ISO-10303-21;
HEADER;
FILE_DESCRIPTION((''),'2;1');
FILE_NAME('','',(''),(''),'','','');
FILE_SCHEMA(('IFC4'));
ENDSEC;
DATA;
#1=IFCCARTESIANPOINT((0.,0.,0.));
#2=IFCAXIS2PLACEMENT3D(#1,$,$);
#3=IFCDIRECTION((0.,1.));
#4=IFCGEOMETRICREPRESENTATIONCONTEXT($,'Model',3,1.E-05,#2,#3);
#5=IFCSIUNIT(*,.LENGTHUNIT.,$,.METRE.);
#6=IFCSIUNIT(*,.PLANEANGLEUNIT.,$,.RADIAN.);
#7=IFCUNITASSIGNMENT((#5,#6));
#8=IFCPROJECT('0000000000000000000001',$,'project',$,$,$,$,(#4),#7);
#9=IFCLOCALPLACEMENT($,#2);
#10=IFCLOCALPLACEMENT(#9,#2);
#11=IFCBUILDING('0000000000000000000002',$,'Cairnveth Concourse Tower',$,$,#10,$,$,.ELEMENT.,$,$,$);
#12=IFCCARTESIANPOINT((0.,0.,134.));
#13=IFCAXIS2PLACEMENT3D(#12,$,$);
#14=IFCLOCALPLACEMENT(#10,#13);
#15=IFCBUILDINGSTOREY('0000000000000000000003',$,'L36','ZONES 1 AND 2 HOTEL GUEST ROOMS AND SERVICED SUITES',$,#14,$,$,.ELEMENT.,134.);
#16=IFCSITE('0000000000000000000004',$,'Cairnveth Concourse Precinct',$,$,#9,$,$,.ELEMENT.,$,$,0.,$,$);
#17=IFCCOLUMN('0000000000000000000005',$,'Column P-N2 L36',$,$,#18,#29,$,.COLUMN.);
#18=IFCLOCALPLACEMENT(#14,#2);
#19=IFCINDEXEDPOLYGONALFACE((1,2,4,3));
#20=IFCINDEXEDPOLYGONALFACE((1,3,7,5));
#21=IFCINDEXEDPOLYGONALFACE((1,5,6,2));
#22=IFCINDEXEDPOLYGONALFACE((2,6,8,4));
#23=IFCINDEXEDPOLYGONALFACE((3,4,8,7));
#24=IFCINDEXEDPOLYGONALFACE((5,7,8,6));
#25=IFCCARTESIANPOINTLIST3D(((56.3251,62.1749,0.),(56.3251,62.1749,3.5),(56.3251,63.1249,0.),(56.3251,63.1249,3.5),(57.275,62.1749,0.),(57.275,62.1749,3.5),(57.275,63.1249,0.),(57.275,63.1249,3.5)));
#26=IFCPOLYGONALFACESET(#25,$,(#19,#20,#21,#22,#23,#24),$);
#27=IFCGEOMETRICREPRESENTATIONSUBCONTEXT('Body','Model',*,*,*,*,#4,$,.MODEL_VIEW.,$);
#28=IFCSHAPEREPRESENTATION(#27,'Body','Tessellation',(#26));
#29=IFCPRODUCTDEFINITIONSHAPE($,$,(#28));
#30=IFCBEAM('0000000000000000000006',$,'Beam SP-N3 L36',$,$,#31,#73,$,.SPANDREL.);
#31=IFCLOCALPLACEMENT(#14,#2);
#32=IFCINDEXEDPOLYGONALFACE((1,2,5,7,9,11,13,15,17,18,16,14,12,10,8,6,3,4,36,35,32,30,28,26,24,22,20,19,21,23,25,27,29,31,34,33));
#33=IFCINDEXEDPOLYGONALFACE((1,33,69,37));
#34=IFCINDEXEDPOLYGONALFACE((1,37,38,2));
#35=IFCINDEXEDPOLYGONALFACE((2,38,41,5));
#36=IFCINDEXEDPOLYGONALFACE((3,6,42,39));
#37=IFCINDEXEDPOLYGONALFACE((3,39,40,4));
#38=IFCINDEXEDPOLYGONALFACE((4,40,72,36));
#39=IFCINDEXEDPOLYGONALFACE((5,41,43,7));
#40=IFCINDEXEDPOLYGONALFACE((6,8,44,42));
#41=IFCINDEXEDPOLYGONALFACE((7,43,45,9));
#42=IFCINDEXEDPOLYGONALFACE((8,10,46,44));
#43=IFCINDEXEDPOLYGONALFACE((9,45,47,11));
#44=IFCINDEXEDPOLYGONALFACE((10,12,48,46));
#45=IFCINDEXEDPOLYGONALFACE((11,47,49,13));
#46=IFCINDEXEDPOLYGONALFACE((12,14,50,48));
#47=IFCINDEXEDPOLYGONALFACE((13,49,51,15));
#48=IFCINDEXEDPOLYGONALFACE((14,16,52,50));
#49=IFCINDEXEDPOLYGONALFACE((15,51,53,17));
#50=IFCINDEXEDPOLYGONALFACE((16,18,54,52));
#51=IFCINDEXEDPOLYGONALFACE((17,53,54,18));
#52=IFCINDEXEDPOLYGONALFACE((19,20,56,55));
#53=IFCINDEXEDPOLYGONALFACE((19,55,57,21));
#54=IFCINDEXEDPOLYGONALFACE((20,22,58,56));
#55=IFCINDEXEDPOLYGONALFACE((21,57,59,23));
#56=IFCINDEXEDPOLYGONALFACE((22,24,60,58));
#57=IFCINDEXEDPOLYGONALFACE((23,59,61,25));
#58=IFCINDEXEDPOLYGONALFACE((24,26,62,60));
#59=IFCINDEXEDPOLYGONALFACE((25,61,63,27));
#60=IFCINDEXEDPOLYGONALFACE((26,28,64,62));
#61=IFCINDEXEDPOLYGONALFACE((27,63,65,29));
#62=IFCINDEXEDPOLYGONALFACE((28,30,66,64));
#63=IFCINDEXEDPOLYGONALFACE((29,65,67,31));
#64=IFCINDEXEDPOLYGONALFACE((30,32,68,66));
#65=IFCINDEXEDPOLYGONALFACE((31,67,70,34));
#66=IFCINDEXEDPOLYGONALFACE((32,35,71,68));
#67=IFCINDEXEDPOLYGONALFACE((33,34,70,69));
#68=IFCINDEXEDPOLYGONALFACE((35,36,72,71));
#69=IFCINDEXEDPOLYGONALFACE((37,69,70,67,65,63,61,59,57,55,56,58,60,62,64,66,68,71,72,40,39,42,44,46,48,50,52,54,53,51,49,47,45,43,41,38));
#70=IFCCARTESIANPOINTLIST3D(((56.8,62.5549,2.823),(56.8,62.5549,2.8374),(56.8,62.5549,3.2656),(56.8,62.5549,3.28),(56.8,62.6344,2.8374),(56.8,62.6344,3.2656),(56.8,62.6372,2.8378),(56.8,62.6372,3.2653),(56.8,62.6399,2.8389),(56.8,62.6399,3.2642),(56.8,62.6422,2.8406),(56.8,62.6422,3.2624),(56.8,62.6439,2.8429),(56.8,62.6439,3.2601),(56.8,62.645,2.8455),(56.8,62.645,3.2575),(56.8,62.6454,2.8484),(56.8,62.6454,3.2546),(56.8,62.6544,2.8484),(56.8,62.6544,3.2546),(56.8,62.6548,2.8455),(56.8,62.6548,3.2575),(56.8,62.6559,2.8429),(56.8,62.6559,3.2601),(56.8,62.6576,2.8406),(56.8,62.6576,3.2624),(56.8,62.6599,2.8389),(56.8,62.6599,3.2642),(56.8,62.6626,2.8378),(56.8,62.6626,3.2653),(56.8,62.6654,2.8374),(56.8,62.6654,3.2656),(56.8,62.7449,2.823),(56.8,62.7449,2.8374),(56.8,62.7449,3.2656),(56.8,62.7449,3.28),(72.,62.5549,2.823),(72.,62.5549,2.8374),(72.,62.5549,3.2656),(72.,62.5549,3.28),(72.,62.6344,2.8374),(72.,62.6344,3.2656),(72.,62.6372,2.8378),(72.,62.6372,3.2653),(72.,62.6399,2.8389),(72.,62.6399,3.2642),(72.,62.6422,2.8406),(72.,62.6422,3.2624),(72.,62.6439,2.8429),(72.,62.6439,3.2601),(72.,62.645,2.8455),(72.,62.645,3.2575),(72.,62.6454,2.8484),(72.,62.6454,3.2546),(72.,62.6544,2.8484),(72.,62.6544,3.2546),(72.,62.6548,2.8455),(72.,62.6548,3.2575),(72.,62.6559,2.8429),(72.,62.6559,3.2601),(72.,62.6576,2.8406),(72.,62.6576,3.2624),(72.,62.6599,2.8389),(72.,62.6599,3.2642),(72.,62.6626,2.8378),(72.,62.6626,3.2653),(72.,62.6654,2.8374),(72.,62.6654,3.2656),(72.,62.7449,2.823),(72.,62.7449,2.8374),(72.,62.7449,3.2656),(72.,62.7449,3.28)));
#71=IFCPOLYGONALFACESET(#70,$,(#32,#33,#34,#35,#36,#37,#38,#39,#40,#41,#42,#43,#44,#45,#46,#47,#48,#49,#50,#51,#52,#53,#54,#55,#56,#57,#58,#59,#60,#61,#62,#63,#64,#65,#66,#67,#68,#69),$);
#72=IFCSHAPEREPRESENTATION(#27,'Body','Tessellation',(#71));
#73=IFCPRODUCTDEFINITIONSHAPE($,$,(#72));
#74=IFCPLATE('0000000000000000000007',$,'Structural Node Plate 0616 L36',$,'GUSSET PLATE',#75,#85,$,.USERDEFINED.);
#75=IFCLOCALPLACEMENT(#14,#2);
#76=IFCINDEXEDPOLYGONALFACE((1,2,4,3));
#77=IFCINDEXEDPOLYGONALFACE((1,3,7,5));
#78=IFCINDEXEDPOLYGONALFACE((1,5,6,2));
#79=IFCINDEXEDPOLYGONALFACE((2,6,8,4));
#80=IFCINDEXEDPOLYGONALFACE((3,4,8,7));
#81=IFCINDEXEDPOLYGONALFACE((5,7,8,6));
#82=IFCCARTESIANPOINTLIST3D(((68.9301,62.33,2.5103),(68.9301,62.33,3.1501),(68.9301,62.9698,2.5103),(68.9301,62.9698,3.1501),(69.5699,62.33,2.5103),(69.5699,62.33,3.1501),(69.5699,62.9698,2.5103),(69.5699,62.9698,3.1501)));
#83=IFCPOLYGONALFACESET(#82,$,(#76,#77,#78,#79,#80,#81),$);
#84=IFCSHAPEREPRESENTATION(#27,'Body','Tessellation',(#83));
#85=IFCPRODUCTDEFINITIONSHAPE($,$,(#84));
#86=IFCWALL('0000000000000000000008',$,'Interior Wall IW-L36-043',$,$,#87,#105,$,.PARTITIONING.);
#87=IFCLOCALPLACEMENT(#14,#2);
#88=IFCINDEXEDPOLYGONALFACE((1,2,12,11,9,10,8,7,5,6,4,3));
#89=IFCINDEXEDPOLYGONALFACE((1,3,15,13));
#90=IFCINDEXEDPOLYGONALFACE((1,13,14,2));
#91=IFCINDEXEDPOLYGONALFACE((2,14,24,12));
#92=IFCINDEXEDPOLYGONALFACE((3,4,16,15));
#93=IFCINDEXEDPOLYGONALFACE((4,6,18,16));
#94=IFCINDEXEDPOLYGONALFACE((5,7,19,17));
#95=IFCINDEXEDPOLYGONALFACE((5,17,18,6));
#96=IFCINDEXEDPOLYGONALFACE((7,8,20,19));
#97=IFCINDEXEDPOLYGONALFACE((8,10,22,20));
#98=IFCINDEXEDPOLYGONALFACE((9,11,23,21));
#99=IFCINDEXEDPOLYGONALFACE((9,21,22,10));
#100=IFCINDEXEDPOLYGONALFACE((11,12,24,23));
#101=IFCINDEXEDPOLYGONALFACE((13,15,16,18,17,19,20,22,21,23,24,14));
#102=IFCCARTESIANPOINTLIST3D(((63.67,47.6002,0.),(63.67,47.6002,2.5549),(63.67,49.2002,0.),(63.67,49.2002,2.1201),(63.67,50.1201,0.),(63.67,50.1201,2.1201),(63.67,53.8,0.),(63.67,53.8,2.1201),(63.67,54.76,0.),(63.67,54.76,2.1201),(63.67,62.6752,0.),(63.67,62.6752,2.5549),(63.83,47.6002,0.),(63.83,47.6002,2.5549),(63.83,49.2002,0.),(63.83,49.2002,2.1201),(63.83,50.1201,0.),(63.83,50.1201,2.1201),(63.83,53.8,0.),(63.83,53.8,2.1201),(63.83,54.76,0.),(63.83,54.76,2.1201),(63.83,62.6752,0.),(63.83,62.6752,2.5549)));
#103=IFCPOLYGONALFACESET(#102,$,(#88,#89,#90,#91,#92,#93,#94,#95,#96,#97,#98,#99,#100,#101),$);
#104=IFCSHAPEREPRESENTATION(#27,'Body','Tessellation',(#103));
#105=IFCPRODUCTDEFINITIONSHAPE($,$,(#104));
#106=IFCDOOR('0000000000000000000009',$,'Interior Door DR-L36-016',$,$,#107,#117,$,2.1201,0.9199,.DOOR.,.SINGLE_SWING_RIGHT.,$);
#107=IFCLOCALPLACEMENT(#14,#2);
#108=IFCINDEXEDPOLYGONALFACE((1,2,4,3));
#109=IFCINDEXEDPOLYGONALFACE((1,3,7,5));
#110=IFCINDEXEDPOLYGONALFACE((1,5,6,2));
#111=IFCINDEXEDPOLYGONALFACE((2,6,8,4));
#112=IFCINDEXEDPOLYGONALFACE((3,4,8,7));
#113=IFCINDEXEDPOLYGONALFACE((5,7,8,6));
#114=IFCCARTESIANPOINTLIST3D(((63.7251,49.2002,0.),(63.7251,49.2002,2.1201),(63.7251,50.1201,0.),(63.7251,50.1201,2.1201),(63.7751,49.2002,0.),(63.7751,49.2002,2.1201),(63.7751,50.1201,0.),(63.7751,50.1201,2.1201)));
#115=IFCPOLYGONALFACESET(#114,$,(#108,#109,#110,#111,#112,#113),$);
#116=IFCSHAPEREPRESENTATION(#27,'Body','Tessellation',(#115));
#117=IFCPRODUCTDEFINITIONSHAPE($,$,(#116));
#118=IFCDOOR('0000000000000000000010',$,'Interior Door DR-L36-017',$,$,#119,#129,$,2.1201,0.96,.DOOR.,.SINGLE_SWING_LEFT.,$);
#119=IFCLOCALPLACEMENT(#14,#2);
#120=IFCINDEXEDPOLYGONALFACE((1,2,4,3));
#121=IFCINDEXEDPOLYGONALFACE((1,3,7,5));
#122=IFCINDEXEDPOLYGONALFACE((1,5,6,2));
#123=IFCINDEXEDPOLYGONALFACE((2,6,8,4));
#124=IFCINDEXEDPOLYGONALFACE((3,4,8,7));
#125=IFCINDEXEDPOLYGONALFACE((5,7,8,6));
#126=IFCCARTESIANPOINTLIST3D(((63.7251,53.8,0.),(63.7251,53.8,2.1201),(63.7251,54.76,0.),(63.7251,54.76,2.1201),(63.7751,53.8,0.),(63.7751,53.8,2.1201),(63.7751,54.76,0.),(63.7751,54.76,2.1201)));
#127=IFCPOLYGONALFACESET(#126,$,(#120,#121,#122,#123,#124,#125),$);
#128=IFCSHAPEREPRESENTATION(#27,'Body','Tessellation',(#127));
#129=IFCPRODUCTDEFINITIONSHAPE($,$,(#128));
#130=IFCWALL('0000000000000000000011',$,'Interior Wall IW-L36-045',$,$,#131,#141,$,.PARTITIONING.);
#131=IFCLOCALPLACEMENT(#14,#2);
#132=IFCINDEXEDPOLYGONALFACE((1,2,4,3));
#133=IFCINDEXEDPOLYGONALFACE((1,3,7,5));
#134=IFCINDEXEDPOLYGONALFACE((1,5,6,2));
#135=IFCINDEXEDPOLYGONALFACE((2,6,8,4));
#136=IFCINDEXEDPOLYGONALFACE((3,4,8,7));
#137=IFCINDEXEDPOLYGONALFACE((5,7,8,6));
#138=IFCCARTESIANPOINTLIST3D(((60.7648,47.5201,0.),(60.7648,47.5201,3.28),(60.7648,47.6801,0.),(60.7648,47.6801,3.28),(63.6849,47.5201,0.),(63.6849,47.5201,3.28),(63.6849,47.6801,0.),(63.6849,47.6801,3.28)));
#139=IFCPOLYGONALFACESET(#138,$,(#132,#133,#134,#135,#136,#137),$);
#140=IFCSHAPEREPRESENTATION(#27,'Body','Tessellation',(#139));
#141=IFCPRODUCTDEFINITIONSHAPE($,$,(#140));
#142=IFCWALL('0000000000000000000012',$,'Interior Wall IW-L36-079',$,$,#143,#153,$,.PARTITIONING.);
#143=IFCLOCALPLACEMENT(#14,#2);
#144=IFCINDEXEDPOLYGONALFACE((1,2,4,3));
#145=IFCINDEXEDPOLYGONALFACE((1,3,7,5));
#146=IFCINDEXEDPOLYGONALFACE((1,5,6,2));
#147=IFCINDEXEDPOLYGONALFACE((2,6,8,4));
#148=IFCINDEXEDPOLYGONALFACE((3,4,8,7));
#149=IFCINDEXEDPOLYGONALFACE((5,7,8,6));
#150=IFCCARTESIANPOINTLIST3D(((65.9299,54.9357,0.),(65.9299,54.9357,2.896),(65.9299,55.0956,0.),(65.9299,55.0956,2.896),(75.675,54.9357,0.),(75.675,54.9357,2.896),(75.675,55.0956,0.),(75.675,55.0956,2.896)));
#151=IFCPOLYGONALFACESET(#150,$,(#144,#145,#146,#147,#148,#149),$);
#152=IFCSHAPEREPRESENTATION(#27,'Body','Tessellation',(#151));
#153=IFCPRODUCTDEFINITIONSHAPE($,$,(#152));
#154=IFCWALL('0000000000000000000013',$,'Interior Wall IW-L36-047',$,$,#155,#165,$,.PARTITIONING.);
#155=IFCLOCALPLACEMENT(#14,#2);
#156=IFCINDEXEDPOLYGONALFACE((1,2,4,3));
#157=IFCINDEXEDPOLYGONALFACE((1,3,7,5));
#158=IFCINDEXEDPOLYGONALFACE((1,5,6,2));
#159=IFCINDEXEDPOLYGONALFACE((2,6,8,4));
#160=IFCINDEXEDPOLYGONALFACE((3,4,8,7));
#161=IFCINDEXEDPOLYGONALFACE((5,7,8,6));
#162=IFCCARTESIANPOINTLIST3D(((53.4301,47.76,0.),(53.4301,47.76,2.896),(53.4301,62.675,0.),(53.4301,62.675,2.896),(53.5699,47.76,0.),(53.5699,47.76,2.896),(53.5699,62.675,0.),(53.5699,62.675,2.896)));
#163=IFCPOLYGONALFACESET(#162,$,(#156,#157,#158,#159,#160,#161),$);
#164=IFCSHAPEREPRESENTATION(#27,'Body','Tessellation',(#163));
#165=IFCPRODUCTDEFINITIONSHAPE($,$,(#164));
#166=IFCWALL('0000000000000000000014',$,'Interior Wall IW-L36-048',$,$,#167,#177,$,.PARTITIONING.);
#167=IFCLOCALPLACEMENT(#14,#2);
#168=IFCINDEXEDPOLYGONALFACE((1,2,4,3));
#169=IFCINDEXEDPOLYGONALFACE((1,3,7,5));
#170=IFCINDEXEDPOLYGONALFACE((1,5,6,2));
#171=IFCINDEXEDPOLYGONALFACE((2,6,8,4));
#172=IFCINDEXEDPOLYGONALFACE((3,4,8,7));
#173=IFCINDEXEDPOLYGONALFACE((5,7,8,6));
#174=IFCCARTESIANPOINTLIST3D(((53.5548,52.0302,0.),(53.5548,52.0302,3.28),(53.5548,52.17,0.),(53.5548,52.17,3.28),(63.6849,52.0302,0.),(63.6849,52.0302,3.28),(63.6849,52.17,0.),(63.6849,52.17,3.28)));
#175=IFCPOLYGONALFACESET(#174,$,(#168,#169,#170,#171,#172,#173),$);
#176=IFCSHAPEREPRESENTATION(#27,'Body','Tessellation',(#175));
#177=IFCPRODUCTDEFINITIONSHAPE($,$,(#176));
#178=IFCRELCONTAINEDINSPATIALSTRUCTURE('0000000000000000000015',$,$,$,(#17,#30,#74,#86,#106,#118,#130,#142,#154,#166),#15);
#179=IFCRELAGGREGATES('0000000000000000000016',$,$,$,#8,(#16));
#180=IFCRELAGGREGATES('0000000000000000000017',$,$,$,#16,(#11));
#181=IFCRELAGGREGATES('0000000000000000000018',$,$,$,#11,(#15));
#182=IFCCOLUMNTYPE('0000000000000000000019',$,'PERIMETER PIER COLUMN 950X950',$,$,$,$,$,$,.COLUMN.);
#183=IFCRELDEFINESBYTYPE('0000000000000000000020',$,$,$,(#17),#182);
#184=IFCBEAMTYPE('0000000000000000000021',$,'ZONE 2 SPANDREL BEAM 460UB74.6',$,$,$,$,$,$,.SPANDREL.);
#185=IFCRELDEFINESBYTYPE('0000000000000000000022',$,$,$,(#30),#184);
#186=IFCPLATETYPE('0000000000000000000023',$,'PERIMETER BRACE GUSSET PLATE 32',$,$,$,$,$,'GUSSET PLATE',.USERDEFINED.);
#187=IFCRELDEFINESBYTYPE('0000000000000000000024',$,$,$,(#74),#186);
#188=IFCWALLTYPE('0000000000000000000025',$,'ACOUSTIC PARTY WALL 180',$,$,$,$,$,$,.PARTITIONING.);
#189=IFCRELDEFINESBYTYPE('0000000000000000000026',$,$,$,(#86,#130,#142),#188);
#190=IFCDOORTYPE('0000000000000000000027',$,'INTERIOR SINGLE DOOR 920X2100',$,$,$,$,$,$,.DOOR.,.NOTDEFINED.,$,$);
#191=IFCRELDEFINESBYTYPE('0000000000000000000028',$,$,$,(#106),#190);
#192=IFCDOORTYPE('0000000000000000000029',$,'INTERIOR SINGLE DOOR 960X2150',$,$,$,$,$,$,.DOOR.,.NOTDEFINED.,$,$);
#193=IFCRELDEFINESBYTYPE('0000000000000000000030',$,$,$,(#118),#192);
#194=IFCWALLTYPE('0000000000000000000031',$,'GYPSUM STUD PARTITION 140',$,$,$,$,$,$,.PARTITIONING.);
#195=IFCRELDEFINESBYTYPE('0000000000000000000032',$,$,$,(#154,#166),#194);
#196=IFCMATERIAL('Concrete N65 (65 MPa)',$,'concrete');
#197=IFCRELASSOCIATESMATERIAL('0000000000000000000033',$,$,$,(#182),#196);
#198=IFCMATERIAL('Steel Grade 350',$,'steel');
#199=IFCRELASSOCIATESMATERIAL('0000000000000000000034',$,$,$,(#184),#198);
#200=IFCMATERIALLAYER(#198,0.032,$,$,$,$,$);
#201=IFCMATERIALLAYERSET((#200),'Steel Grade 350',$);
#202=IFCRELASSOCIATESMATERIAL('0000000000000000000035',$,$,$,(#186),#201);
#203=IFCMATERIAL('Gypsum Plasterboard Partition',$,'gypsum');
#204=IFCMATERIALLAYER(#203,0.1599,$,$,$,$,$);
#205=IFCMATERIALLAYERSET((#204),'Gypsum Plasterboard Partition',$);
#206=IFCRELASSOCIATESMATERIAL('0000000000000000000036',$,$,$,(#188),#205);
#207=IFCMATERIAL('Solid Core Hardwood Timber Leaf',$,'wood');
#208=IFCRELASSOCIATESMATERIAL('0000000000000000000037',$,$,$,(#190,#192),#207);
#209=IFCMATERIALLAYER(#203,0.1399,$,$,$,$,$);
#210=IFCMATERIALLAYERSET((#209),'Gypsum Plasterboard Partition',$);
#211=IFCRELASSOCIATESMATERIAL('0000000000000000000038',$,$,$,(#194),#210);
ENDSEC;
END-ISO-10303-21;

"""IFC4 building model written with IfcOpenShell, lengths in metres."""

from ifc_helpers import new_model, si_unit, direction, frame, frame_2d, origin, origin_2d, place, context, subcontext, project, spatial, rectangle, i_section, extrude, material, layer, layer_set, material_profile, profile_set, type_object, element, fill, save


model = new_model("IFC4")

# Units and contexts
model_context = context("Model", 3, precision=1e-05, world=origin(), true_north=direction((0.0, 1.0)))
body_context = subcontext(model_context, "Body", "Model", "MODEL_VIEW")
ifc_project = project(units=[si_unit("LENGTHUNIT", "METRE"), si_unit("PLANEANGLEUNIT", "RADIAN")], contexts=[model_context])

# Site, building, storey
site_placement = place(None, origin())
site = spatial("IfcSite", under=ifc_project, at=site_placement, Name="Cairnveth Concourse Precinct", CompositionType="ELEMENT", RefElevation=0.0)
building_placement = place(site_placement, origin())
building = spatial("IfcBuilding", under=site, at=building_placement, Name="Cairnveth Concourse Tower", CompositionType="ELEMENT")
storey_placement = place(building_placement, frame((0.0, 0.0, 134.0)))
storey = spatial("IfcBuildingStorey", under=building, at=storey_placement, Name="L36", Description="ZONES 1 AND 2 HOTEL GUEST ROOMS AND SERVICED SUITES", CompositionType="ELEMENT", Elevation=134.0)

# Column
ifc_material_1 = material(Name="Concrete N65 (65 MPa)", Category="concrete")
ifc_material_profile_1 = material_profile(ifc_material_1, rectangle(XDim=0.95, YDim=0.95, at=origin_2d()), Name="RC-COL-950x950")
ifc_profile_set_1 = profile_set([ifc_material_profile_1], Name="Concrete N65 (65 MPa)")
column_type = type_object("IfcColumnType", Name="PERIMETER PIER COLUMN 950X950", PredefinedType="COLUMN", material=ifc_profile_set_1)
column_placement = place(storey_placement, frame((56.8, 62.6499, 0.0), z_axis=(0.0, 0.0, 1.0), x_axis=(1.0, 0.0, 0.0)))
element("IfcColumn", 1, at=column_placement, inside=storey, type_object=column_type, Name="Column P-N2 L36", PredefinedType="COLUMN", context=body_context, shape_type="SweptSolid", body=[
    extrude(rectangle(XDim=0.95, YDim=0.95, at=origin_2d()), origin(), (0.0, 0.0, 1.0), 3.5),
])

# Beam
ifc_material_2 = material(Name="Steel Grade 350", Category="steel")
ifc_material_profile_2 = material_profile(ifc_material_2, i_section(OverallWidth=0.1899, OverallDepth=0.457, WebThickness=0.009, FlangeThickness=0.0144, FilletRadius=0.011, at=origin_2d()), Name="460UB74.6")
ifc_profile_set_2 = profile_set([ifc_material_profile_2], Name="Steel Grade 350")
beam_type = type_object("IfcBeamType", Name="ZONE 2 SPANDREL BEAM 460UB74.6", PredefinedType="SPANDREL", material=ifc_profile_set_2)
beam_placement = place(storey_placement, frame((56.8, 62.6499, 3.0515), z_axis=(1.0, 0.0, 0.0), x_axis=(0.0, 1.0, 0.0)))
element("IfcBeam", 2, at=beam_placement, inside=storey, type_object=beam_type, Name="Beam SP-N3 L36", PredefinedType="SPANDREL", context=body_context, shape_type="SweptSolid", body=[
    extrude(i_section(OverallWidth=0.1899, OverallDepth=0.457, WebThickness=0.009, FlangeThickness=0.0144, FilletRadius=0.011, at=origin_2d()), origin(), (0.0, 0.0, 1.0), 15.2),
])

# Plate
ifc_layer_1 = layer(ifc_material_2, 0.032)
ifc_layer_set_1 = layer_set([ifc_layer_1], Name="Steel Grade 350")
plate_type = type_object("IfcPlateType", Name="PERIMETER BRACE GUSSET PLATE 32", ElementType="GUSSET PLATE", PredefinedType="USERDEFINED", material=ifc_layer_set_1)
plate_placement = place(storey_placement, frame((69.25, 62.6499, 2.5103), z_axis=(0.0, 0.0, 1.0), x_axis=(1.0, 0.0, 0.0)))
element("IfcPlate", 3, at=plate_placement, inside=storey, type_object=plate_type, Name="Structural Node Plate 0616 L36", ObjectType="GUSSET PLATE", PredefinedType="USERDEFINED", context=body_context, shape_type="SweptSolid", body=[
    extrude(rectangle(XDim=0.6399, YDim=0.6399, at=origin_2d()), origin(), (0.0, 0.0, 1.0), 0.6399),
])

# Wall, openings, doors
ifc_material_3 = material(Name="Gypsum Plasterboard Partition", Category="gypsum")
ifc_layer_2 = layer(ifc_material_3, 0.1599)
ifc_layer_set_2 = layer_set([ifc_layer_2], Name="Gypsum Plasterboard Partition")
wall_type_1 = type_object("IfcWallType", Name="ACOUSTIC PARTY WALL 180", PredefinedType="PARTITIONING", material=ifc_layer_set_2)
wall_1_placement = place(storey_placement, frame((63.75, 47.6001, 0.0), z_axis=(0.0, 0.0, 1.0), x_axis=(0.0, 1.0, 0.0)))
wall_1 = element("IfcWall", 4, at=wall_1_placement, inside=storey, type_object=wall_type_1, Name="Interior Wall IW-L36-043", PredefinedType="PARTITIONING", context=body_context, shape_type="SweptSolid", body=[
    extrude(rectangle(XDim=15.075, YDim=0.1599, at=frame_2d((7.5376, 0.0))), origin(), (0.0, 0.0, 1.0), 2.5549),
])
opening_1_placement = place(wall_1_placement, frame((1.6001, 0.0, 0.0)))
opening_1 = element("IfcOpeningElement", 5, at=opening_1_placement, cuts=wall_1, PredefinedType="OPENING", context=body_context, shape_type="SweptSolid", body=[
    extrude(rectangle(XDim=0.9199, YDim=2.1201, at=frame_2d((0.46, 1.0601))), frame((0.0, 0.0898, 0.0), z_axis=(0.0, -1.0, 0.0), x_axis=(1.0, 0.0, 0.0)), (0.0, 0.0, 1.0), 0.1799),
])
opening_2_placement = place(wall_1_placement, frame((6.2, 0.0, 0.0)))
opening_2 = element("IfcOpeningElement", 6, at=opening_2_placement, cuts=wall_1, PredefinedType="OPENING", context=body_context, shape_type="SweptSolid", body=[
    extrude(rectangle(XDim=0.96, YDim=2.1201, at=frame_2d((0.48, 1.0601))), frame((0.0, 0.0898, 0.0), z_axis=(0.0, -1.0, 0.0), x_axis=(1.0, 0.0, 0.0)), (0.0, 0.0, 1.0), 0.1799),
])
ifc_material_4 = material(Name="Solid Core Hardwood Timber Leaf", Category="wood")
door_type_1 = type_object("IfcDoorType", Name="INTERIOR SINGLE DOOR 920X2100", OperationType="NOTDEFINED", PredefinedType="DOOR", material=ifc_material_4)
door_1_placement = place(opening_1_placement, origin())
door_1 = element("IfcDoor", 7, at=door_1_placement, inside=storey, type_object=door_type_1, Name="Interior Door DR-L36-016", OperationType="SINGLE_SWING_RIGHT", OverallHeight=2.1201, OverallWidth=0.9199, PredefinedType="DOOR", context=body_context, shape_type="SweptSolid", body=[
    extrude(rectangle(XDim=0.9199, YDim=2.1201, at=frame_2d((0.46, 1.0601))), frame((0.0, 0.0249, 0.0), z_axis=(0.0, -1.0, 0.0), x_axis=(1.0, 0.0, 0.0)), (0.0, 0.0, 1.0), 0.05),
])
fill(opening_1, door_1)
door_type_2 = type_object("IfcDoorType", Name="INTERIOR SINGLE DOOR 960X2150", OperationType="NOTDEFINED", PredefinedType="DOOR", material=ifc_material_4)
door_2_placement = place(opening_2_placement, origin())
door_2 = element("IfcDoor", 8, at=door_2_placement, inside=storey, type_object=door_type_2, Name="Interior Door DR-L36-017", OperationType="SINGLE_SWING_LEFT", OverallHeight=2.1201, OverallWidth=0.96, PredefinedType="DOOR", context=body_context, shape_type="SweptSolid", body=[
    extrude(rectangle(XDim=0.96, YDim=2.1201, at=frame_2d((0.48, 1.0601))), frame((0.0, 0.0249, 0.0), z_axis=(0.0, -1.0, 0.0), x_axis=(1.0, 0.0, 0.0)), (0.0, 0.0, 1.0), 0.05),
])
fill(opening_2, door_2)

# Walls
wall_2_placement = place(storey_placement, frame((60.7649, 47.6001, 0.0), z_axis=(0.0, 0.0, 1.0), x_axis=(1.0, 0.0, 0.0)))
element("IfcWall", 9, at=wall_2_placement, inside=storey, type_object=wall_type_1, Name="Interior Wall IW-L36-045", PredefinedType="PARTITIONING", context=body_context, shape_type="SweptSolid", body=[
    extrude(rectangle(XDim=2.9202, YDim=0.1599, at=frame_2d((1.46, 0.0))), origin(), (0.0, 0.0, 1.0), 3.28),
])
wall_3_placement = place(storey_placement, frame((65.9299, 55.0156, 0.0), z_axis=(0.0, 0.0, 1.0), x_axis=(1.0, 0.0, 0.0)))
element("IfcWall", 10, at=wall_3_placement, inside=storey, type_object=wall_type_1, Name="Interior Wall IW-L36-079", PredefinedType="PARTITIONING", context=body_context, shape_type="SweptSolid", body=[
    extrude(rectangle(XDim=9.7451, YDim=0.1599, at=frame_2d((4.8726, 0.0))), origin(), (0.0, 0.0, 1.0), 2.896),
])
ifc_layer_3 = layer(ifc_material_3, 0.1399)
ifc_layer_set_3 = layer_set([ifc_layer_3], Name="Gypsum Plasterboard Partition")
wall_type_2 = type_object("IfcWallType", Name="GYPSUM STUD PARTITION 140", PredefinedType="PARTITIONING", material=ifc_layer_set_3)
wall_4_placement = place(storey_placement, frame((53.5, 47.76, 0.0), z_axis=(0.0, 0.0, 1.0), x_axis=(0.0, 1.0, 0.0)))
element("IfcWall", 11, at=wall_4_placement, inside=storey, type_object=wall_type_2, Name="Interior Wall IW-L36-047", PredefinedType="PARTITIONING", context=body_context, shape_type="SweptSolid", body=[
    extrude(rectangle(XDim=14.915, YDim=0.1399, at=frame_2d((7.4575, 0.0))), origin(), (0.0, 0.0, 1.0), 2.896),
])
wall_5_placement = place(storey_placement, frame((53.5549, 52.1001, 0.0), z_axis=(0.0, 0.0, 1.0), x_axis=(1.0, 0.0, 0.0)))
element("IfcWall", 12, at=wall_5_placement, inside=storey, type_object=wall_type_2, Name="Interior Wall IW-L36-048", PredefinedType="PARTITIONING", context=body_context, shape_type="SweptSolid", body=[
    extrude(rectangle(XDim=10.1301, YDim=0.1399, at=frame_2d((5.0649, 0.0))), origin(), (0.0, 0.0, 1.0), 3.28),
])

save(model, "model.ifc")
